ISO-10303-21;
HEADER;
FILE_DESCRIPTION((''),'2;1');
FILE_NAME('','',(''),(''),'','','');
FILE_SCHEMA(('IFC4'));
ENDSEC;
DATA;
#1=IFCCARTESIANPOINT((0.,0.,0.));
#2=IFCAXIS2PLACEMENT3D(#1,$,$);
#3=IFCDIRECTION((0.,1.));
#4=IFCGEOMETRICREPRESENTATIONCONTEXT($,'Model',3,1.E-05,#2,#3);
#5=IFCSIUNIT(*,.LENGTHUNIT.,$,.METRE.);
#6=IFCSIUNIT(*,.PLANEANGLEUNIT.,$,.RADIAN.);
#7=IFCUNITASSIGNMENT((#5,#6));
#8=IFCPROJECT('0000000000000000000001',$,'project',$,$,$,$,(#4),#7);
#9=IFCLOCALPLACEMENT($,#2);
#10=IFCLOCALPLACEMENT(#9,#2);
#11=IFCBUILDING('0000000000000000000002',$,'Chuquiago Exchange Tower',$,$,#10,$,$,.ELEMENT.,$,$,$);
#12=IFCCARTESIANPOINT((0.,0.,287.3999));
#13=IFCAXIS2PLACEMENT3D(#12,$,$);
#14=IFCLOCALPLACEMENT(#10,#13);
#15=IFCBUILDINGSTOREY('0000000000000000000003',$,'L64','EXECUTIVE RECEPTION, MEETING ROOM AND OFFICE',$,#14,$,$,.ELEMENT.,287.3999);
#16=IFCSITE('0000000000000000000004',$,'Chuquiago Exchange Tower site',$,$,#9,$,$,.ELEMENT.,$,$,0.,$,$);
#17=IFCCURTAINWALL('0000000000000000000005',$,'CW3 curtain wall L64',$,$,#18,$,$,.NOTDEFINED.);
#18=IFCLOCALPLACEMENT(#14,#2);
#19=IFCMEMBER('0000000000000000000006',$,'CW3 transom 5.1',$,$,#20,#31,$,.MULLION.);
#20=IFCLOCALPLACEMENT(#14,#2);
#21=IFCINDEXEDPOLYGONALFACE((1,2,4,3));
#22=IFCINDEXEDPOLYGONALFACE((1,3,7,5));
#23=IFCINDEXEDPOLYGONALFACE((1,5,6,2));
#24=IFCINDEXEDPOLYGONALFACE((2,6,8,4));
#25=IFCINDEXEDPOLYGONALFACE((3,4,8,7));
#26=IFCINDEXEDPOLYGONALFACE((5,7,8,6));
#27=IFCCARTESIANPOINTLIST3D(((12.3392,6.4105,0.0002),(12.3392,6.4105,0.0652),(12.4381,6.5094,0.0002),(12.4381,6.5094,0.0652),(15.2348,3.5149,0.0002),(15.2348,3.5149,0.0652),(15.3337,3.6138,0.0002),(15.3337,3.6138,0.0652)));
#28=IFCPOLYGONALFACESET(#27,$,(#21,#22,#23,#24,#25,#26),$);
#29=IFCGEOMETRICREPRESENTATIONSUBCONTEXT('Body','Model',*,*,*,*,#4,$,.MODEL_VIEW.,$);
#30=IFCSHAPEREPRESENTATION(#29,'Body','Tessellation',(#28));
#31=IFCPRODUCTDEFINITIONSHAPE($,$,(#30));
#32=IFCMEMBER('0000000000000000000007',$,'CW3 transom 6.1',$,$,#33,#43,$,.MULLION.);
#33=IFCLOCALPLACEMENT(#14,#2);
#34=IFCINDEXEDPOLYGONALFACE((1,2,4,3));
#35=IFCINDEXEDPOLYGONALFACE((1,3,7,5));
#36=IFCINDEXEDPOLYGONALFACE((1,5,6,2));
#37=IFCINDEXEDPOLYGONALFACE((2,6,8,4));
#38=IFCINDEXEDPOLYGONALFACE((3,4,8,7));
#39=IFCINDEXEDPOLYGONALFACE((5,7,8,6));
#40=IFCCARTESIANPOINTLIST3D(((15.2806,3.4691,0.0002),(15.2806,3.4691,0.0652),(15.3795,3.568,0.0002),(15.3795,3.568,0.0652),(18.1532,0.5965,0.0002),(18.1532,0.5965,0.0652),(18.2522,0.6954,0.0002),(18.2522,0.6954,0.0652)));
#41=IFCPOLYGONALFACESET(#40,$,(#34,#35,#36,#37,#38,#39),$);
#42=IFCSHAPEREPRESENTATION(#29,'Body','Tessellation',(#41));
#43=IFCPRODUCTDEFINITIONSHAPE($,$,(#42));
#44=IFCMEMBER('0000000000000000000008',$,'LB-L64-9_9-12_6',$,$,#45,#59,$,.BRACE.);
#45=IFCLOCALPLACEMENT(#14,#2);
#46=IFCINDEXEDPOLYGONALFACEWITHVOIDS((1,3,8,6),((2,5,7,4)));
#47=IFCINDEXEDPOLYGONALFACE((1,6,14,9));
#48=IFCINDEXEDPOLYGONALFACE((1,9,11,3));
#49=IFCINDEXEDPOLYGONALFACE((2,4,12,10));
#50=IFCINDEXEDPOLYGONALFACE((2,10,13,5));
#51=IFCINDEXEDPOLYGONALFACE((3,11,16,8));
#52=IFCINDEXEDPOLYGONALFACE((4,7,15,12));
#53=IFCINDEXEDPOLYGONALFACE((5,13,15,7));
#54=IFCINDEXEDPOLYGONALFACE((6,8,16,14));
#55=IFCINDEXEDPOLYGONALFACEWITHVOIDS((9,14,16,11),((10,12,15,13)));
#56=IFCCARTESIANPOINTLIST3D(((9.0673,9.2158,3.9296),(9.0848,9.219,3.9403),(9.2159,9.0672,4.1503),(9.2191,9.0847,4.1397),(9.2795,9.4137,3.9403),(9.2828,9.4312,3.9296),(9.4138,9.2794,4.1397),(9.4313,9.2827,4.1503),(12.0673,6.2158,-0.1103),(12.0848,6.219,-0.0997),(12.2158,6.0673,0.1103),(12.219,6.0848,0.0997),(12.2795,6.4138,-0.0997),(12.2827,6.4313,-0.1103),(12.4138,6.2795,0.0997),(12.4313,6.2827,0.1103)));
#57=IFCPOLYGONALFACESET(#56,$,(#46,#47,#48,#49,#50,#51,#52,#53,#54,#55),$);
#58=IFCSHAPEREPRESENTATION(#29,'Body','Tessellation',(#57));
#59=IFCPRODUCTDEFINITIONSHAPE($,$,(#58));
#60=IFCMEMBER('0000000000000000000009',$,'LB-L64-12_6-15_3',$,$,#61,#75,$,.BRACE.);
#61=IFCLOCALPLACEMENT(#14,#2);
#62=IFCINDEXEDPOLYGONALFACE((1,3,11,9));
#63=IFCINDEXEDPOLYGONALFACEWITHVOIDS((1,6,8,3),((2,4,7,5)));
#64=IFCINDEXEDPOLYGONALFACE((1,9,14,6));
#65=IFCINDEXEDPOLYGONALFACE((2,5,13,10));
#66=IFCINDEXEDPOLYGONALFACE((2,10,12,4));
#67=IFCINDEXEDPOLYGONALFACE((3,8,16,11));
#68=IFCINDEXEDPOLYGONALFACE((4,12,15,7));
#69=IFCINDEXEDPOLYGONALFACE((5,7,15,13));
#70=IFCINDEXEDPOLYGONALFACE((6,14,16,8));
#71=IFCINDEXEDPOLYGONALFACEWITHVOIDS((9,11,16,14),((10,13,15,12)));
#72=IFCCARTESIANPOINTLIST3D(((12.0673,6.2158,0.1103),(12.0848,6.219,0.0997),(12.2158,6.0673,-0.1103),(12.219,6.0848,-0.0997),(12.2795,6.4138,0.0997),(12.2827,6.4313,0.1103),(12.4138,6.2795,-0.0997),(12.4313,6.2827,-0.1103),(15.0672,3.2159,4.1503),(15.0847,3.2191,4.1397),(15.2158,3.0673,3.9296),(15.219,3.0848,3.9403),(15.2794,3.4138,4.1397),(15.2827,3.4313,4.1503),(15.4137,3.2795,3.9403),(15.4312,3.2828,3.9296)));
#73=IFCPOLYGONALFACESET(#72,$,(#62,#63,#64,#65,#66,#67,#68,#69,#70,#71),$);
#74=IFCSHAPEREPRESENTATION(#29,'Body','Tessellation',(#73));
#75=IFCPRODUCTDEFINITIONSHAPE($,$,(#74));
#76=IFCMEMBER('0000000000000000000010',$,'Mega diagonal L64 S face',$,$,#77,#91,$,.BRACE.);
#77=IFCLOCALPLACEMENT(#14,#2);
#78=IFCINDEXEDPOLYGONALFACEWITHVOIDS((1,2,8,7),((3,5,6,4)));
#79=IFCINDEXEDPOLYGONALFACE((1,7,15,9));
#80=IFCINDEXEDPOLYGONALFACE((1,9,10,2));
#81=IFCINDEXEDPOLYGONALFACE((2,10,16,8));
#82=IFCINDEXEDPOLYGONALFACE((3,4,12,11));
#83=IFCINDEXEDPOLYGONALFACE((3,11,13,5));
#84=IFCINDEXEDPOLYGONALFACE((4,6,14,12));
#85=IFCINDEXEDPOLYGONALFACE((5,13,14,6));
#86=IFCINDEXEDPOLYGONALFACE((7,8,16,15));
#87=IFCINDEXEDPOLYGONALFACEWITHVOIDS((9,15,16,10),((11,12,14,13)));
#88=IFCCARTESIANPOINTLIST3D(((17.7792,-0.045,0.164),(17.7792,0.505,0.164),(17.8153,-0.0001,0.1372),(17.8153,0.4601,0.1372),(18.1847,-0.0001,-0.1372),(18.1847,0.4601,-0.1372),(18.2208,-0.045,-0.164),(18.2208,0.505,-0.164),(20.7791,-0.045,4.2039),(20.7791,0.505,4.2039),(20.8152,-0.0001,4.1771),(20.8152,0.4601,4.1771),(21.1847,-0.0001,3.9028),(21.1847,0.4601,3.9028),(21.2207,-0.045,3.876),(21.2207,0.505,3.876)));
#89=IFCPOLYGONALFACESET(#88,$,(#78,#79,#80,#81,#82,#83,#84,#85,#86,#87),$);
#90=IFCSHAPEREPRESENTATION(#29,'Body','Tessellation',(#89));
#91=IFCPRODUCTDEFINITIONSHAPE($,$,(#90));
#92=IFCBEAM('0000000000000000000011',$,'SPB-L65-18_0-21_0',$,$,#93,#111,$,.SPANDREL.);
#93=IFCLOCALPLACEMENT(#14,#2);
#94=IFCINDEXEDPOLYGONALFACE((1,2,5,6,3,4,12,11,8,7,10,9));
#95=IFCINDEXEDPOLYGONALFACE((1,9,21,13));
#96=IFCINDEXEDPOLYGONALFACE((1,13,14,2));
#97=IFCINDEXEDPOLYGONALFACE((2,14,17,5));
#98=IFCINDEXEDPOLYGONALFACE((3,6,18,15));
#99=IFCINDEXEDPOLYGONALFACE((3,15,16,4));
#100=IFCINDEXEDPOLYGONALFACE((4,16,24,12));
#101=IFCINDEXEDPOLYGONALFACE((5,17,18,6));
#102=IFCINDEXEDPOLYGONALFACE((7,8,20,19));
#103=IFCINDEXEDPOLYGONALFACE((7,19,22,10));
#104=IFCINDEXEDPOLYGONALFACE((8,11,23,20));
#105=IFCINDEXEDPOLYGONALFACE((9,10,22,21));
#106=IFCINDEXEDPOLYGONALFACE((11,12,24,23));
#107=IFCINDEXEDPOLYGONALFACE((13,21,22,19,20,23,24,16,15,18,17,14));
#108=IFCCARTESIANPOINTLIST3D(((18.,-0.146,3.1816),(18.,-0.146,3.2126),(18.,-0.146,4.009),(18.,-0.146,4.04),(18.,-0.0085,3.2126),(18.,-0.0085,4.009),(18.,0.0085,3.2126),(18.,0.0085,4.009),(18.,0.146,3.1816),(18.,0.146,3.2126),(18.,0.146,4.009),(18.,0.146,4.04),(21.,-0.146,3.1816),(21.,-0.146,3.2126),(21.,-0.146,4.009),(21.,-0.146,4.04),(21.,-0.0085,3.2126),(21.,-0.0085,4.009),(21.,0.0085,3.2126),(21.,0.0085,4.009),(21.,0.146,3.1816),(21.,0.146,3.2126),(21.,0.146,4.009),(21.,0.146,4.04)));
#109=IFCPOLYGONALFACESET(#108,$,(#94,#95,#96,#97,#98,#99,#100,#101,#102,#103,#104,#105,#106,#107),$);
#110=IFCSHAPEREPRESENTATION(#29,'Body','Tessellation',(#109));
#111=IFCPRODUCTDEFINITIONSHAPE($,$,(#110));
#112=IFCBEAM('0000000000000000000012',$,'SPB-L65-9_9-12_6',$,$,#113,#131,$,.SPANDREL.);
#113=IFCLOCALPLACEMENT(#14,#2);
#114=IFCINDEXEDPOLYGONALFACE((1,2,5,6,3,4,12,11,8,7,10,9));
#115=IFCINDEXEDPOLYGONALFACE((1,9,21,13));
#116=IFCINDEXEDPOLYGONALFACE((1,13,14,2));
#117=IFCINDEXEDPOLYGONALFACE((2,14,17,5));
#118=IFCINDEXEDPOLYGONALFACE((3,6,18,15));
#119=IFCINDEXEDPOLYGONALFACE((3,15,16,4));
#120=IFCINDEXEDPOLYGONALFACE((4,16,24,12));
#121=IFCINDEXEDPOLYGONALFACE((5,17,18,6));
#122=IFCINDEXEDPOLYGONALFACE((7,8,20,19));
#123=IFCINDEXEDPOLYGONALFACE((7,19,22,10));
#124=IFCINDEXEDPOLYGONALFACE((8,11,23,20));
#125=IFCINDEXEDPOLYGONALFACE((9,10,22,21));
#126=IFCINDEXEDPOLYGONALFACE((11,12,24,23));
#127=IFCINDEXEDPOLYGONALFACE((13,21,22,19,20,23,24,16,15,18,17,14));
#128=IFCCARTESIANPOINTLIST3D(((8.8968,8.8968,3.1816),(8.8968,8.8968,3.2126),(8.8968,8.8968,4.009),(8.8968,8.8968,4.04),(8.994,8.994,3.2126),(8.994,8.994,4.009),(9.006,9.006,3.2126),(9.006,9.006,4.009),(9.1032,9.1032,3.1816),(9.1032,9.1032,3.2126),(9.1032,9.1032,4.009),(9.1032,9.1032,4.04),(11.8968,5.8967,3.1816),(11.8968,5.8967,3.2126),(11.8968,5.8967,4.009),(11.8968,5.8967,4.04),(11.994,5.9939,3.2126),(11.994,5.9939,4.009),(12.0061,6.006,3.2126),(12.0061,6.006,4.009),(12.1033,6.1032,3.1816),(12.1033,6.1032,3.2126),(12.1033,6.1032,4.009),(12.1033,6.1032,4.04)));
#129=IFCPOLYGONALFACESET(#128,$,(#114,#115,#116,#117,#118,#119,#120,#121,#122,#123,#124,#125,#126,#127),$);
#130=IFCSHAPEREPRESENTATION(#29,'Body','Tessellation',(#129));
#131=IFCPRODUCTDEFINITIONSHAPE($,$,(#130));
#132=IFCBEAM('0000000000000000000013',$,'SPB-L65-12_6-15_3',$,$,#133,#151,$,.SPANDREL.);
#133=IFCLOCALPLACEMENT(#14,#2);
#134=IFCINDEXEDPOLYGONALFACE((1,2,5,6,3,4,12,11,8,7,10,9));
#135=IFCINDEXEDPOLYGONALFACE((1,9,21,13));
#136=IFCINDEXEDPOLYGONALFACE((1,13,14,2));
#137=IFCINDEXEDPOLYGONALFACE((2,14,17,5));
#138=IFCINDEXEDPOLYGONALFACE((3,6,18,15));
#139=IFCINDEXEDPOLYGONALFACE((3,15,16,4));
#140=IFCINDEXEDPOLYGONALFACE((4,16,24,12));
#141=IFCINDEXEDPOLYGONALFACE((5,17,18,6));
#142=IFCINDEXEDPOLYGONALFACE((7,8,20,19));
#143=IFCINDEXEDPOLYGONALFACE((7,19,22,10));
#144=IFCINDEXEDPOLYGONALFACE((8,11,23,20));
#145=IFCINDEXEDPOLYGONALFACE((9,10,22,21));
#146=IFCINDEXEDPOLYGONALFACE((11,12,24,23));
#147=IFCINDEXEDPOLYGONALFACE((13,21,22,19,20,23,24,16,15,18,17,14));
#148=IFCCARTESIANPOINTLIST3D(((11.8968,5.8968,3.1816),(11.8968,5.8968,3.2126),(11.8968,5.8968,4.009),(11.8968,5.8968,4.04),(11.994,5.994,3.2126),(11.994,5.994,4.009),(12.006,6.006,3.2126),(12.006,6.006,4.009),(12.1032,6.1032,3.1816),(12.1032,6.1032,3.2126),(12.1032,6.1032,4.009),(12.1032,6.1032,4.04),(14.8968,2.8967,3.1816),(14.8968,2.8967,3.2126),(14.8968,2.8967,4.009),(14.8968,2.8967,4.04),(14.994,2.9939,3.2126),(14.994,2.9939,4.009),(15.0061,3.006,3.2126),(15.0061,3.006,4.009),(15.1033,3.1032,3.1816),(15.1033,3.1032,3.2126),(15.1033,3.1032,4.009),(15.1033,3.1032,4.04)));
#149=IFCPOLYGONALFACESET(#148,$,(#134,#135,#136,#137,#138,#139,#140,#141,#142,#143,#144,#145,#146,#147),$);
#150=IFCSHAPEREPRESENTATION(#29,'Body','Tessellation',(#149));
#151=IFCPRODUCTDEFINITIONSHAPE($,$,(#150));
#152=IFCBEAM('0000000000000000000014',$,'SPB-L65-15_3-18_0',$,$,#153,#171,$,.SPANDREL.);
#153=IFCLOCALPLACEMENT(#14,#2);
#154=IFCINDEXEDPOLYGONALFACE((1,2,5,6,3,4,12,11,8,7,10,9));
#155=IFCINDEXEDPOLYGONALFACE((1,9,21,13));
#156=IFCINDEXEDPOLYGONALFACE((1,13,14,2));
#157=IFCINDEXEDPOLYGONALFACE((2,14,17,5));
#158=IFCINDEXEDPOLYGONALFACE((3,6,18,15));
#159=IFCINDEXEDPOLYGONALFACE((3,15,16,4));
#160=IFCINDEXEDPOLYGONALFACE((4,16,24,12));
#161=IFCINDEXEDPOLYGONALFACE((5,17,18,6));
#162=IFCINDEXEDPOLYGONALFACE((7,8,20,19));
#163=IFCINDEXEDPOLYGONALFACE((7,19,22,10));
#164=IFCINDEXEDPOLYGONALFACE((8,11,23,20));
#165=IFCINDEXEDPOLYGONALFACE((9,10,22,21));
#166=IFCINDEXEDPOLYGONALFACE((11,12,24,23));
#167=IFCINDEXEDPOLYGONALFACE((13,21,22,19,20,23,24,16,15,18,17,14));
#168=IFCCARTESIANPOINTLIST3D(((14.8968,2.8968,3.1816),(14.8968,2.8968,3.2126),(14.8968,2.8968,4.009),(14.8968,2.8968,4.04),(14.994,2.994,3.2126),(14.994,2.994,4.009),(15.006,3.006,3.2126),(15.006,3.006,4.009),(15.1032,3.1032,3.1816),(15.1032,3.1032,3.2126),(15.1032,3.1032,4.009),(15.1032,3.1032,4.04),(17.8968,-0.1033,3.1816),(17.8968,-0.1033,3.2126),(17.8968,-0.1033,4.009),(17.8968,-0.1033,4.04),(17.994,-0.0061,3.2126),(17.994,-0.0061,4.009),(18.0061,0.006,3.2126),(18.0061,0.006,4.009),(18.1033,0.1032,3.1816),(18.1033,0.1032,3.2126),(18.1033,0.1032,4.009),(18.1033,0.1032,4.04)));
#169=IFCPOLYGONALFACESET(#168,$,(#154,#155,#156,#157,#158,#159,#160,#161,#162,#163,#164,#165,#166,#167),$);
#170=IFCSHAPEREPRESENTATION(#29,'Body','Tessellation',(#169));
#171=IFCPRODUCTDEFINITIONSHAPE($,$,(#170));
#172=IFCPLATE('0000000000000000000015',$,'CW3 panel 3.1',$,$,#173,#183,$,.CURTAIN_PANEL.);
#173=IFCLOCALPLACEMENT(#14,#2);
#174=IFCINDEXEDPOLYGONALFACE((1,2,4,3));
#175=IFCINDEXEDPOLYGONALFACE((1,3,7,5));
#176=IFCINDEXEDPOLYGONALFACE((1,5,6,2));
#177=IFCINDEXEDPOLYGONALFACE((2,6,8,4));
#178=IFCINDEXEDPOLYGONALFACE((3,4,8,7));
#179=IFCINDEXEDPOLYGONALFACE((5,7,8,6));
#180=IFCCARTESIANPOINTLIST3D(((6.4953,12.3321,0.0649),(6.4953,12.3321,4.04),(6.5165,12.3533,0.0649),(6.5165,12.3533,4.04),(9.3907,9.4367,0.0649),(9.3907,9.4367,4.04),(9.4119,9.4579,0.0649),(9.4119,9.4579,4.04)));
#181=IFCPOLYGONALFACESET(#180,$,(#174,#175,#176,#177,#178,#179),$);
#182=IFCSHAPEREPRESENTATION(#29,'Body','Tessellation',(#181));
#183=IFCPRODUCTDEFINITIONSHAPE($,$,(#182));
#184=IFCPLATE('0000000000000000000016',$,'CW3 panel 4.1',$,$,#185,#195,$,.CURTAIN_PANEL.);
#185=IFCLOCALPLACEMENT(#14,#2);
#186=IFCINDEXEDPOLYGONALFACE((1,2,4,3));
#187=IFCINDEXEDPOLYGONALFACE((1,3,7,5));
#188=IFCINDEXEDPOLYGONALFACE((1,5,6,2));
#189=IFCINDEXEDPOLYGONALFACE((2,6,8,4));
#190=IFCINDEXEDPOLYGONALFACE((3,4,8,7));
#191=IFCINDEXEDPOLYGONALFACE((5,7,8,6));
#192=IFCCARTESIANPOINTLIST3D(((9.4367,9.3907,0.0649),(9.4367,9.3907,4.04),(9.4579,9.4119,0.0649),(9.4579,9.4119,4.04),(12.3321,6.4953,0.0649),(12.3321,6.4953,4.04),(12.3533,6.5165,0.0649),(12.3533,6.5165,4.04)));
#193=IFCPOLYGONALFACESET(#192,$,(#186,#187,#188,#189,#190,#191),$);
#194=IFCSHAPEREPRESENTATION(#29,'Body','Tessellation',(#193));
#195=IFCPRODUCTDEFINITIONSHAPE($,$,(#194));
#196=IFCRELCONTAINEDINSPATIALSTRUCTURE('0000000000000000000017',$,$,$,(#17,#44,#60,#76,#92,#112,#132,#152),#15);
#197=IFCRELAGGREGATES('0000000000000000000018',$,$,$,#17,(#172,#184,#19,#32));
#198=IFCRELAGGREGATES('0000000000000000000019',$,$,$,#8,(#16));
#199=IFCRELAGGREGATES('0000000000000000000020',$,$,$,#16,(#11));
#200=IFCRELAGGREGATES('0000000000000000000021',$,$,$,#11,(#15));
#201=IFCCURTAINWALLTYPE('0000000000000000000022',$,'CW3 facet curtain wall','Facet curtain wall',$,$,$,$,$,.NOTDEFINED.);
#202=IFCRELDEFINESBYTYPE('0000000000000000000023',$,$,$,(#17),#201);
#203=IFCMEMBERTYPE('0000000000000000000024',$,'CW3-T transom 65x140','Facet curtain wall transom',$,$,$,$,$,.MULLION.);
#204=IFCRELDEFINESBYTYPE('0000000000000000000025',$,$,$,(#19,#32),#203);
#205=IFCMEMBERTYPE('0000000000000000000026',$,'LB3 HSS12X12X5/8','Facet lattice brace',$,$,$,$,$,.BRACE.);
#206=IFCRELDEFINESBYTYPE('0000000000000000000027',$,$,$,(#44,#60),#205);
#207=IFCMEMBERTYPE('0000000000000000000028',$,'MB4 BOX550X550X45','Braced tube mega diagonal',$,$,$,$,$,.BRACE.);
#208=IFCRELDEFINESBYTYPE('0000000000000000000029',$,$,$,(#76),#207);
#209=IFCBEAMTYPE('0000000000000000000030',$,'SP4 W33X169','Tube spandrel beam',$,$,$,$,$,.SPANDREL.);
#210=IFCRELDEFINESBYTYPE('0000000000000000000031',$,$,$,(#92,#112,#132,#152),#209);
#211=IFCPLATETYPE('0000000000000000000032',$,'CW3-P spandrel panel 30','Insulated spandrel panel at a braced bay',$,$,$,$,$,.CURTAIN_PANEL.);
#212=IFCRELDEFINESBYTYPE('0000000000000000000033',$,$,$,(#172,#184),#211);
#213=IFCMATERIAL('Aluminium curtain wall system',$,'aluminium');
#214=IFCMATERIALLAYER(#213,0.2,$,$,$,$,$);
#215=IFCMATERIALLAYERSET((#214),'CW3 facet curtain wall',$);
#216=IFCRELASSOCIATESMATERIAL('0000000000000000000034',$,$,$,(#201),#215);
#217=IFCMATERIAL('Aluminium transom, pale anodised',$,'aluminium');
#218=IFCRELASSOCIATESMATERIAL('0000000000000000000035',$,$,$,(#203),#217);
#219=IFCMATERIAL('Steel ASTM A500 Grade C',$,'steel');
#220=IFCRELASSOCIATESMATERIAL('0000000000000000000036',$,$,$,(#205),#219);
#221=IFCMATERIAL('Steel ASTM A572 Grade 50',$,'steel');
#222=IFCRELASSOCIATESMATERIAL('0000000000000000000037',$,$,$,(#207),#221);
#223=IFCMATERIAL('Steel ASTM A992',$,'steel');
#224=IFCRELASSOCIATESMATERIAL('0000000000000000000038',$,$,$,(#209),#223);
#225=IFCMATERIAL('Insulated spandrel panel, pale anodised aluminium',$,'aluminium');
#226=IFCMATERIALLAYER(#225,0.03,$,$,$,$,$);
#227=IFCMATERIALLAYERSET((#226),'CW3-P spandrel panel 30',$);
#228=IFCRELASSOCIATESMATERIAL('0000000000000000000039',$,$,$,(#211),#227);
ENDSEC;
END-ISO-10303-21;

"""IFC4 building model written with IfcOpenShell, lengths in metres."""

from ifc_helpers import new_model, si_unit, direction, frame, origin, origin_2d, place, context, subcontext, project, spatial, rectangle, hollow_rectangle, i_section, extrude, material, layer, layer_set, material_profile, profile_set, type_object, element, aggregate, save


model = new_model("IFC4")

# Units and contexts
model_context = context("Model", 3, precision=1e-05, world=origin(), true_north=direction((0.0, 1.0)))
body_context = subcontext(model_context, "Body", "Model", "MODEL_VIEW")
ifc_project = project(units=[si_unit("LENGTHUNIT", "METRE"), si_unit("PLANEANGLEUNIT", "RADIAN")], contexts=[model_context])

# Site, building, storey
site_placement = place(None, origin())
site = spatial("IfcSite", under=ifc_project, at=site_placement, Name="Chuquiago Exchange Tower site", CompositionType="ELEMENT", RefElevation=0.0)
building_placement = place(site_placement, origin())
building = spatial("IfcBuilding", under=site, at=building_placement, Name="Chuquiago Exchange Tower", CompositionType="ELEMENT")
storey_placement = place(building_placement, frame((0.0, 0.0, 287.3999)))
storey = spatial("IfcBuildingStorey", under=building, at=storey_placement, Name="L64", Description="EXECUTIVE RECEPTION, MEETING ROOM AND OFFICE", CompositionType="ELEMENT", Elevation=287.3999)

# Curtain wall, members
ifc_material_1 = material(Name="Aluminium curtain wall system", Category="aluminium")
ifc_layer_1 = layer(ifc_material_1, 0.2)
ifc_layer_set_1 = layer_set([ifc_layer_1], Name="CW3 facet curtain wall")
curtain_wall_type = type_object("IfcCurtainWallType", Name="CW3 facet curtain wall", Description="Facet curtain wall", PredefinedType="NOTDEFINED", material=ifc_layer_set_1)
curtain_wall_placement = place(storey_placement, origin())
curtain_wall = element("IfcCurtainWall", 1, at=curtain_wall_placement, inside=storey, type_object=curtain_wall_type, Name="CW3 curtain wall L64", PredefinedType="NOTDEFINED")
ifc_material_2 = material(Name="Aluminium transom, pale anodised", Category="aluminium")
ifc_material_profile_1 = material_profile(ifc_material_2, rectangle(XDim=0.1399, YDim=0.0649, at=origin_2d()), Name="AL 140x65")
ifc_profile_set_1 = profile_set([ifc_material_profile_1], Name="Aluminium transom, pale anodised")
member_type_1 = type_object("IfcMemberType", Name="CW3-T transom 65x140", Description="Facet curtain wall transom", PredefinedType="MULLION", material=ifc_profile_set_1)
member_1_placement = place(storey_placement, frame((12.3887, 6.46, 0.0327), z_axis=(0.707107, -0.707107, 0.0), x_axis=(0.707107, 0.707107, 0.0)))
member_1 = element("IfcMember", 2, at=member_1_placement, type_object=member_type_1, Name="CW3 transom 5.1", PredefinedType="MULLION", context=body_context, shape_type="SweptSolid", body=[
    extrude(rectangle(XDim=0.1399, YDim=0.0649, at=origin_2d()), origin(), (0.0, 0.0, 1.0), 4.095),
])
member_2_placement = place(storey_placement, frame((15.3301, 3.5186, 0.0327), z_axis=(0.707107, -0.707107, 0.0), x_axis=(0.707107, 0.707107, 0.0)))
member_2 = element("IfcMember", 3, at=member_2_placement, type_object=member_type_1, Name="CW3 transom 6.1", PredefinedType="MULLION", context=body_context, shape_type="SweptSolid", body=[
    extrude(rectangle(XDim=0.1399, YDim=0.0649, at=origin_2d()), origin(), (0.0, 0.0, 1.0), 4.0625),
])

# Members
ifc_material_3 = material(Name="Steel ASTM A500 Grade C", Category="steel")
ifc_material_profile_2 = material_profile(ifc_material_3, hollow_rectangle(XDim=0.3047, YDim=0.3047, WallThickness=0.0146, at=origin_2d()), Name="HSS12X12X5/8")
ifc_profile_set_2 = profile_set([ifc_material_profile_2], Name="Steel ASTM A500 Grade C")
member_type_2 = type_object("IfcMemberType", Name="LB3 HSS12X12X5/8", Description="Facet lattice brace", PredefinedType="BRACE", material=ifc_profile_set_2)
for number, where, z_axis, x_axis, name in (
    (4, (12.2493, 6.2493, 0.0), (-0.512077, 0.512077, 0.689604), (-0.707107, -0.707107, 0.0), "LB-L64-9_9-12_6"),
    (5, (12.2493, 6.2493, 0.0), (0.512077, -0.512077, 0.689604), (0.707107, 0.707107, 0.0), "LB-L64-12_6-15_3"),
):
    element("IfcMember", number, at=place(storey_placement, frame(where, z_axis=z_axis, x_axis=x_axis)), inside=storey, type_object=member_type_2, Name=name, PredefinedType="BRACE", context=body_context, shape_type="SweptSolid", body=[
        extrude(hollow_rectangle(XDim=0.3047, YDim=0.3047, WallThickness=0.0146, at=origin_2d()), origin(), (0.0, 0.0, 1.0), 5.8584),
    ])
ifc_material_4 = material(Name="Steel ASTM A572 Grade 50", Category="steel")
ifc_material_profile_3 = material_profile(ifc_material_4, hollow_rectangle(XDim=0.55, YDim=0.55, WallThickness=0.0449, at=origin_2d()), Name="BOX550X550X45")
ifc_profile_set_3 = profile_set([ifc_material_profile_3], Name="Steel ASTM A572 Grade 50")
member_type_3 = type_object("IfcMemberType", Name="MB4 BOX550X550X45", Description="Braced tube mega diagonal", PredefinedType="BRACE", material=ifc_profile_set_3)
member_3_placement = place(storey_placement, frame((18.0, 0.23, 0.0), z_axis=(0.596174, 0.0, 0.802855), x_axis=(0.0, 1.0, 0.0)))
element("IfcMember", 6, at=member_3_placement, inside=storey, type_object=member_type_3, Name="Mega diagonal L64 S face", PredefinedType="BRACE", context=body_context, shape_type="SweptSolid", body=[
    extrude(hollow_rectangle(XDim=0.55, YDim=0.55, WallThickness=0.0449, at=origin_2d()), origin(), (0.0, 0.0, 1.0), 5.032),
])

# Beams
ifc_material_5 = material(Name="Steel ASTM A992", Category="steel")
ifc_material_profile_4 = material_profile(ifc_material_5, i_section(OverallWidth=0.292, OverallDepth=0.8584, WebThickness=0.0171, FlangeThickness=0.031, at=origin_2d()), Name="W33X169")
ifc_profile_set_4 = profile_set([ifc_material_profile_4], Name="Steel ASTM A992")
beam_type_1 = type_object("IfcBeamType", Name="SP4 W33X169", Description="Tube spandrel beam", PredefinedType="SPANDREL", material=ifc_profile_set_4)
beam_1_placement = place(storey_placement, frame((18.0, 0.0, 3.6108), z_axis=(1.0, 0.0, 0.0), x_axis=(0.0, 1.0, 0.0)))
element("IfcBeam", 7, at=beam_1_placement, inside=storey, type_object=beam_type_1, Name="SPB-L65-18_0-21_0", PredefinedType="SPANDREL", context=body_context, shape_type="SweptSolid", body=[
    extrude(i_section(OverallWidth=0.292, OverallDepth=0.8584, WebThickness=0.0171, FlangeThickness=0.031, at=origin_2d()), origin(), (0.0, 0.0, 1.0), 3.0),
])
for number, where, z_axis, x_axis, name in (
    (8, (9.0, 9.0, 3.6108), (0.707107, -0.707107, 0.0), (0.707107, 0.707107, 0.0), "SPB-L65-9_9-12_6"),
    (9, (12.0, 6.0, 3.6108), (0.707107, -0.707107, 0.0), (0.707107, 0.707107, 0.0), "SPB-L65-12_6-15_3"),
    (10, (15.0, 3.0, 3.6108), (0.707107, -0.707107, 0.0), (0.707107, 0.707107, 0.0), "SPB-L65-15_3-18_0"),
):
    element("IfcBeam", number, at=place(storey_placement, frame(where, z_axis=z_axis, x_axis=x_axis)), inside=storey, type_object=beam_type_1, Name=name, PredefinedType="SPANDREL", context=body_context, shape_type="SweptSolid", body=[
        extrude(i_section(OverallWidth=0.292, OverallDepth=0.8584, WebThickness=0.0171, FlangeThickness=0.031, at=origin_2d()), origin(), (0.0, 0.0, 1.0), 4.2427),
    ])

# Plates
ifc_material_6 = material(Name="Insulated spandrel panel, pale anodised aluminium", Category="aluminium")
ifc_layer_2 = layer(ifc_material_6, 0.03)
ifc_layer_set_2 = layer_set([ifc_layer_2], Name="CW3-P spandrel panel 30")
plate_type = type_object("IfcPlateType", Name="CW3-P spandrel panel 30", Description="Insulated spandrel panel at a braced bay", PredefinedType="CURTAIN_PANEL", material=ifc_layer_set_2)
plate_1_placement = place(storey_placement, frame((7.9536, 10.895, 0.0649), z_axis=(0.0, 0.0, 1.0), x_axis=(0.707107, -0.707107, 0.0)))
plate_1 = element("IfcPlate", 11, at=plate_1_placement, type_object=plate_type, Name="CW3 panel 3.1", PredefinedType="CURTAIN_PANEL", context=body_context, shape_type="SweptSolid", body=[
    extrude(rectangle(XDim=4.0947, YDim=0.03, at=origin_2d()), origin(), (0.0, 0.0, 1.0), 3.9751),
])
plate_2_placement = place(storey_placement, frame((10.895, 7.9536, 0.0649), z_axis=(0.0, 0.0, 1.0), x_axis=(0.707107, -0.707107, 0.0)))
plate_2 = element("IfcPlate", 12, at=plate_2_placement, type_object=plate_type, Name="CW3 panel 4.1", PredefinedType="CURTAIN_PANEL", context=body_context, shape_type="SweptSolid", body=[
    extrude(rectangle(XDim=4.0947, YDim=0.03, at=origin_2d()), origin(), (0.0, 0.0, 1.0), 3.9751),
])
aggregate(curtain_wall, [plate_1, plate_2, member_1, member_2])

save(model, "model.ifc")
